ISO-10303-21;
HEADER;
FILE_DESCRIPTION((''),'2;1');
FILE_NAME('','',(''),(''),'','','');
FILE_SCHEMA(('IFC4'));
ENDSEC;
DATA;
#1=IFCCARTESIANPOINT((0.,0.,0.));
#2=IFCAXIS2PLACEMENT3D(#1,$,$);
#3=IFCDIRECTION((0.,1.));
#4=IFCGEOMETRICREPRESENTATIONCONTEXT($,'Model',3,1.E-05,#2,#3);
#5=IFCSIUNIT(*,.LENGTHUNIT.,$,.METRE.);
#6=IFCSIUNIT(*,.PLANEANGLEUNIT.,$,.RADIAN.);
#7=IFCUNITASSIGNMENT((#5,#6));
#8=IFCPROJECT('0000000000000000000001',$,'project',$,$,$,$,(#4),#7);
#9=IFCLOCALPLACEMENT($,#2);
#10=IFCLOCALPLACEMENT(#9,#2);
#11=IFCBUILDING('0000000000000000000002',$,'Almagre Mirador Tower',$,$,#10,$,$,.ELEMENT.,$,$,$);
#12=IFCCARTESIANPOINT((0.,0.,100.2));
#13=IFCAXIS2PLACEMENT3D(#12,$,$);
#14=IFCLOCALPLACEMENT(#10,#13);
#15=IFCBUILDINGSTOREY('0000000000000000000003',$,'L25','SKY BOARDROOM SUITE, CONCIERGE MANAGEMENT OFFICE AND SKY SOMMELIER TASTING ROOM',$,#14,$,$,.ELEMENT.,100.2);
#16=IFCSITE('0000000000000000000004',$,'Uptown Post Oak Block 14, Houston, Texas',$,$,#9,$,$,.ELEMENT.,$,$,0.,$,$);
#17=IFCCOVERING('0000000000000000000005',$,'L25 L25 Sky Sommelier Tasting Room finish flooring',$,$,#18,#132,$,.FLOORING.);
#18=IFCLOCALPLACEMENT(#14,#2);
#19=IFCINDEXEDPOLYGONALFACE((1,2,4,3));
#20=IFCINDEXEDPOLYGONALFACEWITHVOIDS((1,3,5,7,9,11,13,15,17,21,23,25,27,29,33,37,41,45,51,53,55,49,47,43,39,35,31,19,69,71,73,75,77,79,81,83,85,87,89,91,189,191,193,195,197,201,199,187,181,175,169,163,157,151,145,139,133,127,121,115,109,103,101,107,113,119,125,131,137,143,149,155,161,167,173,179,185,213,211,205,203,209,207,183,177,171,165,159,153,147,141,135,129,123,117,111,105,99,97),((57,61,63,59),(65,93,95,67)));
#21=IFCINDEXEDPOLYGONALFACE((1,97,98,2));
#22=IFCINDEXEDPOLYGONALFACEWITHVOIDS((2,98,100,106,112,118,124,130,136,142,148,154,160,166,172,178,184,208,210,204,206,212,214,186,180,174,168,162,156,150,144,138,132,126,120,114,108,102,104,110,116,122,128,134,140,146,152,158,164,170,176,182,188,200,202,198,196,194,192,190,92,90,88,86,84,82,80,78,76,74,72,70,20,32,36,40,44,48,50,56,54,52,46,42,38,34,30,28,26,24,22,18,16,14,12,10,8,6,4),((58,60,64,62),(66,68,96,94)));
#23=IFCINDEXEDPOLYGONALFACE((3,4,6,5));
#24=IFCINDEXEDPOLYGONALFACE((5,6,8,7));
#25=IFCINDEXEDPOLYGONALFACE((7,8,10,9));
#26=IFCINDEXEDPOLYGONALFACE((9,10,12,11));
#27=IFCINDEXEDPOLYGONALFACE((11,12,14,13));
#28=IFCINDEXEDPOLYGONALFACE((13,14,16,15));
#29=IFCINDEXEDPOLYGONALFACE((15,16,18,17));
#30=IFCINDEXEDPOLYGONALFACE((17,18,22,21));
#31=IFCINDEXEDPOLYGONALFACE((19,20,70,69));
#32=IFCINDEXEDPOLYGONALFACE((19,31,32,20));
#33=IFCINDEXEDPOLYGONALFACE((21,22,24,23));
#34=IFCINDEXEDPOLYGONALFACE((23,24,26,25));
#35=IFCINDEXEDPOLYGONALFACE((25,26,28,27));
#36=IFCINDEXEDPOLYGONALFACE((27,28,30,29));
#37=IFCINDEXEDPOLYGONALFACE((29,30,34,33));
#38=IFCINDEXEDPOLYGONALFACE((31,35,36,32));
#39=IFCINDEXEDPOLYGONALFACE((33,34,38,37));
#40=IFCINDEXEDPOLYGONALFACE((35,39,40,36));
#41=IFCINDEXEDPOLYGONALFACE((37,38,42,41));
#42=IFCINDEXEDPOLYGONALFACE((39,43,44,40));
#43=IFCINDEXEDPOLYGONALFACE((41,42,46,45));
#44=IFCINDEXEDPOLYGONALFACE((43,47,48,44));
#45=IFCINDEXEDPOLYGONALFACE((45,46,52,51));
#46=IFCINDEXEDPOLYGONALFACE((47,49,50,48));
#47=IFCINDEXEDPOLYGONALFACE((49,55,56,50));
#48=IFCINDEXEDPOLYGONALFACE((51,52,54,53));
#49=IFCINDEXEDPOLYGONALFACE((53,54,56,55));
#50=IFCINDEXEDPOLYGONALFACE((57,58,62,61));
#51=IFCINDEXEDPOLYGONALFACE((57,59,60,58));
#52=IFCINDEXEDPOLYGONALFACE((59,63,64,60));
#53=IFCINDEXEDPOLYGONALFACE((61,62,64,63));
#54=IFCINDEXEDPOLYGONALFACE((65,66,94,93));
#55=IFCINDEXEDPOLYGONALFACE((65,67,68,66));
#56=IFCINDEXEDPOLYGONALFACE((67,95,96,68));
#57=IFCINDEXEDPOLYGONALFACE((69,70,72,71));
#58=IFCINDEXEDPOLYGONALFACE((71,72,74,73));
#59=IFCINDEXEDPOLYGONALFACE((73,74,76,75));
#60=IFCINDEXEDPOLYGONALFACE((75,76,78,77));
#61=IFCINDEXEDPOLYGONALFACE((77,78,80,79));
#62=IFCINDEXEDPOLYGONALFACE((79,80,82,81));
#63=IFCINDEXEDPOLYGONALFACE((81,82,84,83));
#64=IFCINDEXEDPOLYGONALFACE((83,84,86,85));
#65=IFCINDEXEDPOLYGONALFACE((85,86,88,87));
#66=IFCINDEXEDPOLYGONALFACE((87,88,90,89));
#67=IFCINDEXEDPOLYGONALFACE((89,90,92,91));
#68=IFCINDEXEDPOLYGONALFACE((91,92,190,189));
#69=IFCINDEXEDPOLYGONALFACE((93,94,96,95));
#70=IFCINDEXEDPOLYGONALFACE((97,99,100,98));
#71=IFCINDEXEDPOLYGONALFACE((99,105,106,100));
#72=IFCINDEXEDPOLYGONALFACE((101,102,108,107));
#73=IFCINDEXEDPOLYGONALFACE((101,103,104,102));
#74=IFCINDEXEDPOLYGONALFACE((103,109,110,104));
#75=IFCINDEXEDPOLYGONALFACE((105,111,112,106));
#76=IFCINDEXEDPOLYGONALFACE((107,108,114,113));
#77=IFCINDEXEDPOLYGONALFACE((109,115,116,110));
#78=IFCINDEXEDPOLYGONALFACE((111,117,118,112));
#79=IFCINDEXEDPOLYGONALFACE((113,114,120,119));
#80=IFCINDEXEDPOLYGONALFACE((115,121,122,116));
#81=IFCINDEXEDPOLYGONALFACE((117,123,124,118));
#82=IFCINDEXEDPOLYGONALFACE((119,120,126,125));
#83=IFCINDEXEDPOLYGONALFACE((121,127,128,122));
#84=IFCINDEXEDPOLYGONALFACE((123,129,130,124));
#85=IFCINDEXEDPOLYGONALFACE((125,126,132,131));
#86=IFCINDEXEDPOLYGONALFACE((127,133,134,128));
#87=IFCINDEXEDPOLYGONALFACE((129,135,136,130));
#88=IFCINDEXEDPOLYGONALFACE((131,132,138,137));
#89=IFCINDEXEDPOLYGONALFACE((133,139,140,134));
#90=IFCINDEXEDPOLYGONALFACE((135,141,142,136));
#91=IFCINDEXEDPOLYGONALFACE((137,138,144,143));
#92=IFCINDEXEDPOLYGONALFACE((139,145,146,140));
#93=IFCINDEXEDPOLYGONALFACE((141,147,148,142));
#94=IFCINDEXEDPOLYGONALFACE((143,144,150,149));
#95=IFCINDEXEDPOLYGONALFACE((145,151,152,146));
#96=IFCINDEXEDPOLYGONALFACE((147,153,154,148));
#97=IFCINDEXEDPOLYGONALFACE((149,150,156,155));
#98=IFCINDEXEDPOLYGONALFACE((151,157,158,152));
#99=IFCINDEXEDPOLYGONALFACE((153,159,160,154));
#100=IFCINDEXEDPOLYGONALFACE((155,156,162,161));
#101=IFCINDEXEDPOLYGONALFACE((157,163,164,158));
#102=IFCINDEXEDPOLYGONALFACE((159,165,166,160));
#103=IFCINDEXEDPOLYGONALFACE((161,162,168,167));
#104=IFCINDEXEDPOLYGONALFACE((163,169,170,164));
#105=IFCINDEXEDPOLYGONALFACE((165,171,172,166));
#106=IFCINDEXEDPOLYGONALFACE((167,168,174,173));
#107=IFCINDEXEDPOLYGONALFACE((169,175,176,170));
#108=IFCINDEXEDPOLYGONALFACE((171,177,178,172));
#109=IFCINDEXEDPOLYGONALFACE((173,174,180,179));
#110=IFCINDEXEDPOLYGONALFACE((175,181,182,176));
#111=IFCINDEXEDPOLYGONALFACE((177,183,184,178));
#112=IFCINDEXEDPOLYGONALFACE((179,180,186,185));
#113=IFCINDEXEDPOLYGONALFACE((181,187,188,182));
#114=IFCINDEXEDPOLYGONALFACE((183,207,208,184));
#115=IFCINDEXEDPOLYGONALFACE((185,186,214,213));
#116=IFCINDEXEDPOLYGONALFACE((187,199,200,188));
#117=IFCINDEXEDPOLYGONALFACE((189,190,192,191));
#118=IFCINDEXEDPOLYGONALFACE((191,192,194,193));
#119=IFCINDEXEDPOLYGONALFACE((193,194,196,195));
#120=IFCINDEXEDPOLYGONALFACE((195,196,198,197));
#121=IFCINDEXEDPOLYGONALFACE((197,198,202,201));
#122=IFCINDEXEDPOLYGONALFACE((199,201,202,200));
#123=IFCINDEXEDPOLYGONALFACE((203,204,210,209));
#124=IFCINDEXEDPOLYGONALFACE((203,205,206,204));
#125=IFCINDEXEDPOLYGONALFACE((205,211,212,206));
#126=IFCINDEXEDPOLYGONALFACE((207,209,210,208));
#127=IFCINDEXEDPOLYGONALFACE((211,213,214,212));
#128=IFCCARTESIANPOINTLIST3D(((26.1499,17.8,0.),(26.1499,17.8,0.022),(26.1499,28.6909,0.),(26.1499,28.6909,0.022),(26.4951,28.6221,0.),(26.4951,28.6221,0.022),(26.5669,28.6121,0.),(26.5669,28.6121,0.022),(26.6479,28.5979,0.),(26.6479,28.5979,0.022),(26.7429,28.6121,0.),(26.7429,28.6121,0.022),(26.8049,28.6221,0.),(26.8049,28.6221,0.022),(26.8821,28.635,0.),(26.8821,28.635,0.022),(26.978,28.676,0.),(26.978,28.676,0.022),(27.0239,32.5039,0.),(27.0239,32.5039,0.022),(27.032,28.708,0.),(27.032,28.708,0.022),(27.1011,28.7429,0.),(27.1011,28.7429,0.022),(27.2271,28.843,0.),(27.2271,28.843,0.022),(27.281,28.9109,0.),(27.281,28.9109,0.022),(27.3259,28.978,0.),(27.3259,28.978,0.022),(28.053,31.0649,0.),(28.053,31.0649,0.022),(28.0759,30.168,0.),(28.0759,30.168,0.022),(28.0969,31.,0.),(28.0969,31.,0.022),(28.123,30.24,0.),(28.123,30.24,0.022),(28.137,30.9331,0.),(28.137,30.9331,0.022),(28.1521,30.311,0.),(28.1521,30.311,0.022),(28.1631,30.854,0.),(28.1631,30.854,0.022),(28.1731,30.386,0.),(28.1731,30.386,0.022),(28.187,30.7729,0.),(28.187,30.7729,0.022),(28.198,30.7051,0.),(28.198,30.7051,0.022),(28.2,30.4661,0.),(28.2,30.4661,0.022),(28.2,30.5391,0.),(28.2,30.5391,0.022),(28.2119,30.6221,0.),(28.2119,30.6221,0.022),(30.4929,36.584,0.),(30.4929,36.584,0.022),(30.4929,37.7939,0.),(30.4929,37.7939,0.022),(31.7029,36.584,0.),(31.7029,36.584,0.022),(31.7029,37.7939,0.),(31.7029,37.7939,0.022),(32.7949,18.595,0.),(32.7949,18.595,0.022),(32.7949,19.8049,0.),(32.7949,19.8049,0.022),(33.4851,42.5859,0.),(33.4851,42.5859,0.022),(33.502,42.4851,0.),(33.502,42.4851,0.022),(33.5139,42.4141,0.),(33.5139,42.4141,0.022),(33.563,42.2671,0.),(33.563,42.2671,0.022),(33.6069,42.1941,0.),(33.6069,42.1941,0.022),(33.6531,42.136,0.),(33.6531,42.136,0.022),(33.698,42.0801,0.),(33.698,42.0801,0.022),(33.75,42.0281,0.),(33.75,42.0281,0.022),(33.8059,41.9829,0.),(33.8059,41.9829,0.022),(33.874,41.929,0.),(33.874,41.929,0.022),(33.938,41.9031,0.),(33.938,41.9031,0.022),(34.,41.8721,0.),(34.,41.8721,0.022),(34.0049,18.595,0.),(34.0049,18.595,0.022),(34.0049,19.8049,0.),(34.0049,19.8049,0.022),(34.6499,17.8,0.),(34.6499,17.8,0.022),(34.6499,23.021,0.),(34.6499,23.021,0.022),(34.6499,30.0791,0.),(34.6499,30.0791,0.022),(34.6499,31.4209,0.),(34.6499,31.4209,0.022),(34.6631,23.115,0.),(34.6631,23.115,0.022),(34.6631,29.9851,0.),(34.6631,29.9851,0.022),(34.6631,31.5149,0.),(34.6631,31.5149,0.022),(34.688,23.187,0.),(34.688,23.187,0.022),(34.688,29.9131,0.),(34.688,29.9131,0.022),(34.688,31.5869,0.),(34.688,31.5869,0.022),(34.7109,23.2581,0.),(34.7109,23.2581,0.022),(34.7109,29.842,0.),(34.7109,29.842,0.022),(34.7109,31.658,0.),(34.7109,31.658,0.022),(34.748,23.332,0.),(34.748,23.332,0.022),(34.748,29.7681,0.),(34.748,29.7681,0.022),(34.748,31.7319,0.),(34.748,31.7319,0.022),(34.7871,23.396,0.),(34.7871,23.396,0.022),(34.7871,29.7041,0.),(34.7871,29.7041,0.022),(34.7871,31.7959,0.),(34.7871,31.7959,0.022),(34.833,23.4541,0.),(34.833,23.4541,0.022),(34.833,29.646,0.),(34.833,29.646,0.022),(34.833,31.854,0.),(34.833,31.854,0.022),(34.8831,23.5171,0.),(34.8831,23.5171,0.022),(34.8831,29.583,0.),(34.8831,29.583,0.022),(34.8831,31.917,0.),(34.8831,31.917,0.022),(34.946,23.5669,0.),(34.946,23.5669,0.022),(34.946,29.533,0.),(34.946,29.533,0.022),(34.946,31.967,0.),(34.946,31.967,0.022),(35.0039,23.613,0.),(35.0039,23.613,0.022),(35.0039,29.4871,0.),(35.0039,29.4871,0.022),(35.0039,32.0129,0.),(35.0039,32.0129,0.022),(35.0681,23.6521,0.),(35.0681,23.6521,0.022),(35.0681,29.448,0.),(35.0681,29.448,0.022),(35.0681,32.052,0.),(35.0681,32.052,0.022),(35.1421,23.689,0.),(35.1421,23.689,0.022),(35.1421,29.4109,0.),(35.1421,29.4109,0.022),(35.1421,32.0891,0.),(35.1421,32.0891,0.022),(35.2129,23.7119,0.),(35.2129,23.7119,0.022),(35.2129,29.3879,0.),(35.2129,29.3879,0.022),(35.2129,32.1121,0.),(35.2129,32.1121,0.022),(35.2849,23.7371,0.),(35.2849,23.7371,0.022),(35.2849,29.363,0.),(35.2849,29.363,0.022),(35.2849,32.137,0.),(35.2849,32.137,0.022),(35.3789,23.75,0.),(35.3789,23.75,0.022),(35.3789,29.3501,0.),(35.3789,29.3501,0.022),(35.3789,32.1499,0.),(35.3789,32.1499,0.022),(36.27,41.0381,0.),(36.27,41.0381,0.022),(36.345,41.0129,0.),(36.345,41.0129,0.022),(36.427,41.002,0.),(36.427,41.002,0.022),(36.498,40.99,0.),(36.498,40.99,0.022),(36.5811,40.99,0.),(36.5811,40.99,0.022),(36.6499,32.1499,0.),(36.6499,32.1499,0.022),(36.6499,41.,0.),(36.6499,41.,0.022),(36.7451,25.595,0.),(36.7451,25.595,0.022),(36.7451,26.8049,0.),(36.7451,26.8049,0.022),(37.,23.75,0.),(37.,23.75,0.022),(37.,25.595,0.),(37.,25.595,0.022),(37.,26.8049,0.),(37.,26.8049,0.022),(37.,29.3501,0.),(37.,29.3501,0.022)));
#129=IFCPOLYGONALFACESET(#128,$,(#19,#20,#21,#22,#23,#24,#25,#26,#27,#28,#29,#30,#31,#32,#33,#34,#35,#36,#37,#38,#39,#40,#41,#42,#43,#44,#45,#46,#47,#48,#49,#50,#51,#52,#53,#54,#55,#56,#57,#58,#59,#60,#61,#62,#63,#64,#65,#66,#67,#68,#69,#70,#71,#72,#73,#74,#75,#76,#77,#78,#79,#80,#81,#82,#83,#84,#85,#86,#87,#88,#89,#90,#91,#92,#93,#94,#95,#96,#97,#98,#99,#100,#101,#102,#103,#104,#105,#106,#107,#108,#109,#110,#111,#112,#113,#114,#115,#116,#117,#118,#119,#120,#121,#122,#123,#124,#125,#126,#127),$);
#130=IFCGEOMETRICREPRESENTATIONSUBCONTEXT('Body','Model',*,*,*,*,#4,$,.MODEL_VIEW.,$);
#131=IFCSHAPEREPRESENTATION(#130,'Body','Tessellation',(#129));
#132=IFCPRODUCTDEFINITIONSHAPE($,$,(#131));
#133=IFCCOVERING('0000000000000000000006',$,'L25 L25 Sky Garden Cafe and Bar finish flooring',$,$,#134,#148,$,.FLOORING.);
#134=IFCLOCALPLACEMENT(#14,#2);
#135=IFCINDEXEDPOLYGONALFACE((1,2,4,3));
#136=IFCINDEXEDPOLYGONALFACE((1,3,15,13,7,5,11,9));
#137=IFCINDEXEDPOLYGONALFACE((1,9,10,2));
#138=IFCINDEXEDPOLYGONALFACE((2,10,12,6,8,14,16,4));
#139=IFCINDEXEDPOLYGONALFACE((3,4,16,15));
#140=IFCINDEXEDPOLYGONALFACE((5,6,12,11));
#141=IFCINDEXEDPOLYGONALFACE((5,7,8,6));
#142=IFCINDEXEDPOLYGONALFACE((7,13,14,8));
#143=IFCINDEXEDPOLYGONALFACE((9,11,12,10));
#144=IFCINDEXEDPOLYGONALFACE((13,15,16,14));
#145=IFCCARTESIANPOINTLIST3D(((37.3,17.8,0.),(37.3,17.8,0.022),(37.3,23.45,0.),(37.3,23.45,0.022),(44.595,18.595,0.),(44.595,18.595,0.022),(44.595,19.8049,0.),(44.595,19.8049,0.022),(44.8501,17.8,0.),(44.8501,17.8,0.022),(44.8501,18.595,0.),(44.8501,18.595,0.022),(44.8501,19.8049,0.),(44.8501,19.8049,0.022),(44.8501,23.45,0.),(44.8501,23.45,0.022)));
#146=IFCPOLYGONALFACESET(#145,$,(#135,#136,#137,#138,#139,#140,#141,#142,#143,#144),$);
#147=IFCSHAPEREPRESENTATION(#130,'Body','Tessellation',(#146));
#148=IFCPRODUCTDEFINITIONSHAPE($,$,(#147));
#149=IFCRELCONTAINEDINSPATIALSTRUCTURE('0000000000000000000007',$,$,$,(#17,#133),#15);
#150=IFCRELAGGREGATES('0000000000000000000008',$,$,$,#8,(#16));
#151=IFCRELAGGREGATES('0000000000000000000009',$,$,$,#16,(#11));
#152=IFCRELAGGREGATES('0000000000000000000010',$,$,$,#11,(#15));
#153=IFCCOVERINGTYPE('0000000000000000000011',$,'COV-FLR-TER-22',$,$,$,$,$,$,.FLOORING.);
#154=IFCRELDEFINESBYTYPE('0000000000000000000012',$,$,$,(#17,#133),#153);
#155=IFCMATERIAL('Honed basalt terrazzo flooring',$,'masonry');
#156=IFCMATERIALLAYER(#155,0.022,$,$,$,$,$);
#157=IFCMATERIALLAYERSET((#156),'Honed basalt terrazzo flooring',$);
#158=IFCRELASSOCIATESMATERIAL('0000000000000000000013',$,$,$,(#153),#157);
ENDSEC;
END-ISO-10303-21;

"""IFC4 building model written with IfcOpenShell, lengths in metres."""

from ifc_helpers import new_model, si_unit, direction, frame, origin, place, context, subcontext, project, spatial, polyline, outline, extrude, material, layer, layer_set, type_object, element, save


model = new_model("IFC4")

# Units and contexts
model_context = context("Model", 3, precision=1e-05, world=origin(), true_north=direction((0.0, 1.0)))
body_context = subcontext(model_context, "Body", "Model", "MODEL_VIEW")
ifc_project = project(units=[si_unit("LENGTHUNIT", "METRE"), si_unit("PLANEANGLEUNIT", "RADIAN")], contexts=[model_context])

# Site, building, storey
site_placement = place(None, origin())
site = spatial("IfcSite", under=ifc_project, at=site_placement, Name="Uptown Post Oak Block 14, Houston, Texas", CompositionType="ELEMENT", RefElevation=0.0)
building_placement = place(site_placement, origin())
building = spatial("IfcBuilding", under=site, at=building_placement, Name="Almagre Mirador Tower", CompositionType="ELEMENT")
storey_placement = place(building_placement, frame((0.0, 0.0, 100.2)))
storey = spatial("IfcBuildingStorey", under=building, at=storey_placement, Name="L25", Description="SKY BOARDROOM SUITE, CONCIERGE MANAGEMENT OFFICE AND SKY SOMMELIER TASTING ROOM", CompositionType="ELEMENT", Elevation=100.2)

# Coverings
ifc_material_1 = material(Name="Honed basalt terrazzo flooring", Category="masonry")
ifc_layer_1 = layer(ifc_material_1, 0.022)
ifc_layer_set_1 = layer_set([ifc_layer_1], Name="Honed basalt terrazzo flooring")
covering_type_1 = type_object("IfcCoveringType", Name="COV-FLR-TER-22", PredefinedType="FLOORING", material=ifc_layer_set_1)
covering_1_placement = place(storey_placement, origin())
element("IfcCovering", 1, at=covering_1_placement, inside=storey, type_object=covering_type_1, Name="L25 L25 Sky Sommelier Tasting Room finish flooring", PredefinedType="FLOORING", context=body_context, shape_type="SweptSolid", body=[
    extrude(outline(polyline([(26.4951, 28.6221), (26.5669, 28.6121), (26.6479, 28.5979), (26.7429, 28.6121), (26.8049, 28.6221), (26.8821, 28.635), (26.978, 28.676), (27.032, 28.708), (27.1011, 28.7429), (27.2271, 28.843), (27.281, 28.9109), (27.3259, 28.978), (28.0759, 30.168), (28.123, 30.24), (28.1521, 30.311), (28.1731, 30.386), (28.2, 30.4661), (28.2, 30.5391), (28.2119, 30.6221), (28.198, 30.7051), (28.187, 30.7729), (28.1631, 30.854), (28.137, 30.9331), (28.0969, 31.0), (28.053, 31.0649), (27.0239, 32.5039), (33.4851, 42.5859), (33.502, 42.4851), (33.5139, 42.4141), (33.563, 42.2671), (33.6069, 42.1941), (33.6531, 42.136), (33.698, 42.0801), (33.75, 42.0281), (33.8059, 41.9829), (33.874, 41.929), (33.938, 41.9031), (34.0, 41.8721), (36.27, 41.0381), (36.345, 41.0129), (36.427, 41.002), (36.498, 40.99), (36.5811, 40.99), (36.6499, 41.0), (36.6499, 32.1499), (35.3789, 32.1499), (35.2849, 32.137), (35.2129, 32.1121), (35.1421, 32.0891), (35.0681, 32.052), (35.0039, 32.0129), (34.946, 31.967), (34.8831, 31.917), (34.833, 31.854), (34.7871, 31.7959), (34.748, 31.7319), (34.7109, 31.658), (34.688, 31.5869), (34.6631, 31.5149), (34.6499, 31.4209), (34.6499, 30.0791), (34.6631, 29.9851), (34.688, 29.9131), (34.7109, 29.842), (34.748, 29.7681), (34.7871, 29.7041), (34.833, 29.646), (34.8831, 29.583), (34.946, 29.533), (35.0039, 29.4871), (35.0681, 29.448), (35.1421, 29.4109), (35.2129, 29.3879), (35.2849, 29.363), (35.3789, 29.3501), (37.0, 29.3501), (37.0, 26.8049), (36.7451, 26.8049), (36.7451, 25.595), (37.0, 25.595), (37.0, 23.75), (35.3789, 23.75), (35.2849, 23.7371), (35.2129, 23.7119), (35.1421, 23.689), (35.0681, 23.6521), (35.0039, 23.613), (34.946, 23.5669), (34.8831, 23.5171), (34.833, 23.4541), (34.7871, 23.396), (34.748, 23.332), (34.7109, 23.2581), (34.688, 23.187), (34.6631, 23.115), (34.6499, 23.021), (34.6499, 17.8), (26.1499, 17.8), (26.1499, 28.6909), (26.4951, 28.6221)]), holes=[polyline([(32.7949, 18.595), (32.7949, 19.8049), (34.0049, 19.8049), (34.0049, 18.595), (32.7949, 18.595)]), polyline([(30.4929, 36.584), (30.4929, 37.7939), (31.7029, 37.7939), (31.7029, 36.584), (30.4929, 36.584)])]), origin(), (0.0, 0.0, 1.0), 0.022),
])
covering_2_placement = place(storey_placement, origin())
element("IfcCovering", 2, at=covering_2_placement, inside=storey, type_object=covering_type_1, Name="L25 L25 Sky Garden Cafe and Bar finish flooring", PredefinedType="FLOORING", context=body_context, shape_type="SweptSolid", body=[
    extrude(outline(polyline([(37.3, 23.45), (44.8501, 23.45), (44.8501, 19.8049), (44.595, 19.8049), (44.595, 18.595), (44.8501, 18.595), (44.8501, 17.8), (37.3, 17.8), (37.3, 23.45)])), origin(), (0.0, 0.0, 1.0), 0.022),
])

save(model, "model.ifc")
